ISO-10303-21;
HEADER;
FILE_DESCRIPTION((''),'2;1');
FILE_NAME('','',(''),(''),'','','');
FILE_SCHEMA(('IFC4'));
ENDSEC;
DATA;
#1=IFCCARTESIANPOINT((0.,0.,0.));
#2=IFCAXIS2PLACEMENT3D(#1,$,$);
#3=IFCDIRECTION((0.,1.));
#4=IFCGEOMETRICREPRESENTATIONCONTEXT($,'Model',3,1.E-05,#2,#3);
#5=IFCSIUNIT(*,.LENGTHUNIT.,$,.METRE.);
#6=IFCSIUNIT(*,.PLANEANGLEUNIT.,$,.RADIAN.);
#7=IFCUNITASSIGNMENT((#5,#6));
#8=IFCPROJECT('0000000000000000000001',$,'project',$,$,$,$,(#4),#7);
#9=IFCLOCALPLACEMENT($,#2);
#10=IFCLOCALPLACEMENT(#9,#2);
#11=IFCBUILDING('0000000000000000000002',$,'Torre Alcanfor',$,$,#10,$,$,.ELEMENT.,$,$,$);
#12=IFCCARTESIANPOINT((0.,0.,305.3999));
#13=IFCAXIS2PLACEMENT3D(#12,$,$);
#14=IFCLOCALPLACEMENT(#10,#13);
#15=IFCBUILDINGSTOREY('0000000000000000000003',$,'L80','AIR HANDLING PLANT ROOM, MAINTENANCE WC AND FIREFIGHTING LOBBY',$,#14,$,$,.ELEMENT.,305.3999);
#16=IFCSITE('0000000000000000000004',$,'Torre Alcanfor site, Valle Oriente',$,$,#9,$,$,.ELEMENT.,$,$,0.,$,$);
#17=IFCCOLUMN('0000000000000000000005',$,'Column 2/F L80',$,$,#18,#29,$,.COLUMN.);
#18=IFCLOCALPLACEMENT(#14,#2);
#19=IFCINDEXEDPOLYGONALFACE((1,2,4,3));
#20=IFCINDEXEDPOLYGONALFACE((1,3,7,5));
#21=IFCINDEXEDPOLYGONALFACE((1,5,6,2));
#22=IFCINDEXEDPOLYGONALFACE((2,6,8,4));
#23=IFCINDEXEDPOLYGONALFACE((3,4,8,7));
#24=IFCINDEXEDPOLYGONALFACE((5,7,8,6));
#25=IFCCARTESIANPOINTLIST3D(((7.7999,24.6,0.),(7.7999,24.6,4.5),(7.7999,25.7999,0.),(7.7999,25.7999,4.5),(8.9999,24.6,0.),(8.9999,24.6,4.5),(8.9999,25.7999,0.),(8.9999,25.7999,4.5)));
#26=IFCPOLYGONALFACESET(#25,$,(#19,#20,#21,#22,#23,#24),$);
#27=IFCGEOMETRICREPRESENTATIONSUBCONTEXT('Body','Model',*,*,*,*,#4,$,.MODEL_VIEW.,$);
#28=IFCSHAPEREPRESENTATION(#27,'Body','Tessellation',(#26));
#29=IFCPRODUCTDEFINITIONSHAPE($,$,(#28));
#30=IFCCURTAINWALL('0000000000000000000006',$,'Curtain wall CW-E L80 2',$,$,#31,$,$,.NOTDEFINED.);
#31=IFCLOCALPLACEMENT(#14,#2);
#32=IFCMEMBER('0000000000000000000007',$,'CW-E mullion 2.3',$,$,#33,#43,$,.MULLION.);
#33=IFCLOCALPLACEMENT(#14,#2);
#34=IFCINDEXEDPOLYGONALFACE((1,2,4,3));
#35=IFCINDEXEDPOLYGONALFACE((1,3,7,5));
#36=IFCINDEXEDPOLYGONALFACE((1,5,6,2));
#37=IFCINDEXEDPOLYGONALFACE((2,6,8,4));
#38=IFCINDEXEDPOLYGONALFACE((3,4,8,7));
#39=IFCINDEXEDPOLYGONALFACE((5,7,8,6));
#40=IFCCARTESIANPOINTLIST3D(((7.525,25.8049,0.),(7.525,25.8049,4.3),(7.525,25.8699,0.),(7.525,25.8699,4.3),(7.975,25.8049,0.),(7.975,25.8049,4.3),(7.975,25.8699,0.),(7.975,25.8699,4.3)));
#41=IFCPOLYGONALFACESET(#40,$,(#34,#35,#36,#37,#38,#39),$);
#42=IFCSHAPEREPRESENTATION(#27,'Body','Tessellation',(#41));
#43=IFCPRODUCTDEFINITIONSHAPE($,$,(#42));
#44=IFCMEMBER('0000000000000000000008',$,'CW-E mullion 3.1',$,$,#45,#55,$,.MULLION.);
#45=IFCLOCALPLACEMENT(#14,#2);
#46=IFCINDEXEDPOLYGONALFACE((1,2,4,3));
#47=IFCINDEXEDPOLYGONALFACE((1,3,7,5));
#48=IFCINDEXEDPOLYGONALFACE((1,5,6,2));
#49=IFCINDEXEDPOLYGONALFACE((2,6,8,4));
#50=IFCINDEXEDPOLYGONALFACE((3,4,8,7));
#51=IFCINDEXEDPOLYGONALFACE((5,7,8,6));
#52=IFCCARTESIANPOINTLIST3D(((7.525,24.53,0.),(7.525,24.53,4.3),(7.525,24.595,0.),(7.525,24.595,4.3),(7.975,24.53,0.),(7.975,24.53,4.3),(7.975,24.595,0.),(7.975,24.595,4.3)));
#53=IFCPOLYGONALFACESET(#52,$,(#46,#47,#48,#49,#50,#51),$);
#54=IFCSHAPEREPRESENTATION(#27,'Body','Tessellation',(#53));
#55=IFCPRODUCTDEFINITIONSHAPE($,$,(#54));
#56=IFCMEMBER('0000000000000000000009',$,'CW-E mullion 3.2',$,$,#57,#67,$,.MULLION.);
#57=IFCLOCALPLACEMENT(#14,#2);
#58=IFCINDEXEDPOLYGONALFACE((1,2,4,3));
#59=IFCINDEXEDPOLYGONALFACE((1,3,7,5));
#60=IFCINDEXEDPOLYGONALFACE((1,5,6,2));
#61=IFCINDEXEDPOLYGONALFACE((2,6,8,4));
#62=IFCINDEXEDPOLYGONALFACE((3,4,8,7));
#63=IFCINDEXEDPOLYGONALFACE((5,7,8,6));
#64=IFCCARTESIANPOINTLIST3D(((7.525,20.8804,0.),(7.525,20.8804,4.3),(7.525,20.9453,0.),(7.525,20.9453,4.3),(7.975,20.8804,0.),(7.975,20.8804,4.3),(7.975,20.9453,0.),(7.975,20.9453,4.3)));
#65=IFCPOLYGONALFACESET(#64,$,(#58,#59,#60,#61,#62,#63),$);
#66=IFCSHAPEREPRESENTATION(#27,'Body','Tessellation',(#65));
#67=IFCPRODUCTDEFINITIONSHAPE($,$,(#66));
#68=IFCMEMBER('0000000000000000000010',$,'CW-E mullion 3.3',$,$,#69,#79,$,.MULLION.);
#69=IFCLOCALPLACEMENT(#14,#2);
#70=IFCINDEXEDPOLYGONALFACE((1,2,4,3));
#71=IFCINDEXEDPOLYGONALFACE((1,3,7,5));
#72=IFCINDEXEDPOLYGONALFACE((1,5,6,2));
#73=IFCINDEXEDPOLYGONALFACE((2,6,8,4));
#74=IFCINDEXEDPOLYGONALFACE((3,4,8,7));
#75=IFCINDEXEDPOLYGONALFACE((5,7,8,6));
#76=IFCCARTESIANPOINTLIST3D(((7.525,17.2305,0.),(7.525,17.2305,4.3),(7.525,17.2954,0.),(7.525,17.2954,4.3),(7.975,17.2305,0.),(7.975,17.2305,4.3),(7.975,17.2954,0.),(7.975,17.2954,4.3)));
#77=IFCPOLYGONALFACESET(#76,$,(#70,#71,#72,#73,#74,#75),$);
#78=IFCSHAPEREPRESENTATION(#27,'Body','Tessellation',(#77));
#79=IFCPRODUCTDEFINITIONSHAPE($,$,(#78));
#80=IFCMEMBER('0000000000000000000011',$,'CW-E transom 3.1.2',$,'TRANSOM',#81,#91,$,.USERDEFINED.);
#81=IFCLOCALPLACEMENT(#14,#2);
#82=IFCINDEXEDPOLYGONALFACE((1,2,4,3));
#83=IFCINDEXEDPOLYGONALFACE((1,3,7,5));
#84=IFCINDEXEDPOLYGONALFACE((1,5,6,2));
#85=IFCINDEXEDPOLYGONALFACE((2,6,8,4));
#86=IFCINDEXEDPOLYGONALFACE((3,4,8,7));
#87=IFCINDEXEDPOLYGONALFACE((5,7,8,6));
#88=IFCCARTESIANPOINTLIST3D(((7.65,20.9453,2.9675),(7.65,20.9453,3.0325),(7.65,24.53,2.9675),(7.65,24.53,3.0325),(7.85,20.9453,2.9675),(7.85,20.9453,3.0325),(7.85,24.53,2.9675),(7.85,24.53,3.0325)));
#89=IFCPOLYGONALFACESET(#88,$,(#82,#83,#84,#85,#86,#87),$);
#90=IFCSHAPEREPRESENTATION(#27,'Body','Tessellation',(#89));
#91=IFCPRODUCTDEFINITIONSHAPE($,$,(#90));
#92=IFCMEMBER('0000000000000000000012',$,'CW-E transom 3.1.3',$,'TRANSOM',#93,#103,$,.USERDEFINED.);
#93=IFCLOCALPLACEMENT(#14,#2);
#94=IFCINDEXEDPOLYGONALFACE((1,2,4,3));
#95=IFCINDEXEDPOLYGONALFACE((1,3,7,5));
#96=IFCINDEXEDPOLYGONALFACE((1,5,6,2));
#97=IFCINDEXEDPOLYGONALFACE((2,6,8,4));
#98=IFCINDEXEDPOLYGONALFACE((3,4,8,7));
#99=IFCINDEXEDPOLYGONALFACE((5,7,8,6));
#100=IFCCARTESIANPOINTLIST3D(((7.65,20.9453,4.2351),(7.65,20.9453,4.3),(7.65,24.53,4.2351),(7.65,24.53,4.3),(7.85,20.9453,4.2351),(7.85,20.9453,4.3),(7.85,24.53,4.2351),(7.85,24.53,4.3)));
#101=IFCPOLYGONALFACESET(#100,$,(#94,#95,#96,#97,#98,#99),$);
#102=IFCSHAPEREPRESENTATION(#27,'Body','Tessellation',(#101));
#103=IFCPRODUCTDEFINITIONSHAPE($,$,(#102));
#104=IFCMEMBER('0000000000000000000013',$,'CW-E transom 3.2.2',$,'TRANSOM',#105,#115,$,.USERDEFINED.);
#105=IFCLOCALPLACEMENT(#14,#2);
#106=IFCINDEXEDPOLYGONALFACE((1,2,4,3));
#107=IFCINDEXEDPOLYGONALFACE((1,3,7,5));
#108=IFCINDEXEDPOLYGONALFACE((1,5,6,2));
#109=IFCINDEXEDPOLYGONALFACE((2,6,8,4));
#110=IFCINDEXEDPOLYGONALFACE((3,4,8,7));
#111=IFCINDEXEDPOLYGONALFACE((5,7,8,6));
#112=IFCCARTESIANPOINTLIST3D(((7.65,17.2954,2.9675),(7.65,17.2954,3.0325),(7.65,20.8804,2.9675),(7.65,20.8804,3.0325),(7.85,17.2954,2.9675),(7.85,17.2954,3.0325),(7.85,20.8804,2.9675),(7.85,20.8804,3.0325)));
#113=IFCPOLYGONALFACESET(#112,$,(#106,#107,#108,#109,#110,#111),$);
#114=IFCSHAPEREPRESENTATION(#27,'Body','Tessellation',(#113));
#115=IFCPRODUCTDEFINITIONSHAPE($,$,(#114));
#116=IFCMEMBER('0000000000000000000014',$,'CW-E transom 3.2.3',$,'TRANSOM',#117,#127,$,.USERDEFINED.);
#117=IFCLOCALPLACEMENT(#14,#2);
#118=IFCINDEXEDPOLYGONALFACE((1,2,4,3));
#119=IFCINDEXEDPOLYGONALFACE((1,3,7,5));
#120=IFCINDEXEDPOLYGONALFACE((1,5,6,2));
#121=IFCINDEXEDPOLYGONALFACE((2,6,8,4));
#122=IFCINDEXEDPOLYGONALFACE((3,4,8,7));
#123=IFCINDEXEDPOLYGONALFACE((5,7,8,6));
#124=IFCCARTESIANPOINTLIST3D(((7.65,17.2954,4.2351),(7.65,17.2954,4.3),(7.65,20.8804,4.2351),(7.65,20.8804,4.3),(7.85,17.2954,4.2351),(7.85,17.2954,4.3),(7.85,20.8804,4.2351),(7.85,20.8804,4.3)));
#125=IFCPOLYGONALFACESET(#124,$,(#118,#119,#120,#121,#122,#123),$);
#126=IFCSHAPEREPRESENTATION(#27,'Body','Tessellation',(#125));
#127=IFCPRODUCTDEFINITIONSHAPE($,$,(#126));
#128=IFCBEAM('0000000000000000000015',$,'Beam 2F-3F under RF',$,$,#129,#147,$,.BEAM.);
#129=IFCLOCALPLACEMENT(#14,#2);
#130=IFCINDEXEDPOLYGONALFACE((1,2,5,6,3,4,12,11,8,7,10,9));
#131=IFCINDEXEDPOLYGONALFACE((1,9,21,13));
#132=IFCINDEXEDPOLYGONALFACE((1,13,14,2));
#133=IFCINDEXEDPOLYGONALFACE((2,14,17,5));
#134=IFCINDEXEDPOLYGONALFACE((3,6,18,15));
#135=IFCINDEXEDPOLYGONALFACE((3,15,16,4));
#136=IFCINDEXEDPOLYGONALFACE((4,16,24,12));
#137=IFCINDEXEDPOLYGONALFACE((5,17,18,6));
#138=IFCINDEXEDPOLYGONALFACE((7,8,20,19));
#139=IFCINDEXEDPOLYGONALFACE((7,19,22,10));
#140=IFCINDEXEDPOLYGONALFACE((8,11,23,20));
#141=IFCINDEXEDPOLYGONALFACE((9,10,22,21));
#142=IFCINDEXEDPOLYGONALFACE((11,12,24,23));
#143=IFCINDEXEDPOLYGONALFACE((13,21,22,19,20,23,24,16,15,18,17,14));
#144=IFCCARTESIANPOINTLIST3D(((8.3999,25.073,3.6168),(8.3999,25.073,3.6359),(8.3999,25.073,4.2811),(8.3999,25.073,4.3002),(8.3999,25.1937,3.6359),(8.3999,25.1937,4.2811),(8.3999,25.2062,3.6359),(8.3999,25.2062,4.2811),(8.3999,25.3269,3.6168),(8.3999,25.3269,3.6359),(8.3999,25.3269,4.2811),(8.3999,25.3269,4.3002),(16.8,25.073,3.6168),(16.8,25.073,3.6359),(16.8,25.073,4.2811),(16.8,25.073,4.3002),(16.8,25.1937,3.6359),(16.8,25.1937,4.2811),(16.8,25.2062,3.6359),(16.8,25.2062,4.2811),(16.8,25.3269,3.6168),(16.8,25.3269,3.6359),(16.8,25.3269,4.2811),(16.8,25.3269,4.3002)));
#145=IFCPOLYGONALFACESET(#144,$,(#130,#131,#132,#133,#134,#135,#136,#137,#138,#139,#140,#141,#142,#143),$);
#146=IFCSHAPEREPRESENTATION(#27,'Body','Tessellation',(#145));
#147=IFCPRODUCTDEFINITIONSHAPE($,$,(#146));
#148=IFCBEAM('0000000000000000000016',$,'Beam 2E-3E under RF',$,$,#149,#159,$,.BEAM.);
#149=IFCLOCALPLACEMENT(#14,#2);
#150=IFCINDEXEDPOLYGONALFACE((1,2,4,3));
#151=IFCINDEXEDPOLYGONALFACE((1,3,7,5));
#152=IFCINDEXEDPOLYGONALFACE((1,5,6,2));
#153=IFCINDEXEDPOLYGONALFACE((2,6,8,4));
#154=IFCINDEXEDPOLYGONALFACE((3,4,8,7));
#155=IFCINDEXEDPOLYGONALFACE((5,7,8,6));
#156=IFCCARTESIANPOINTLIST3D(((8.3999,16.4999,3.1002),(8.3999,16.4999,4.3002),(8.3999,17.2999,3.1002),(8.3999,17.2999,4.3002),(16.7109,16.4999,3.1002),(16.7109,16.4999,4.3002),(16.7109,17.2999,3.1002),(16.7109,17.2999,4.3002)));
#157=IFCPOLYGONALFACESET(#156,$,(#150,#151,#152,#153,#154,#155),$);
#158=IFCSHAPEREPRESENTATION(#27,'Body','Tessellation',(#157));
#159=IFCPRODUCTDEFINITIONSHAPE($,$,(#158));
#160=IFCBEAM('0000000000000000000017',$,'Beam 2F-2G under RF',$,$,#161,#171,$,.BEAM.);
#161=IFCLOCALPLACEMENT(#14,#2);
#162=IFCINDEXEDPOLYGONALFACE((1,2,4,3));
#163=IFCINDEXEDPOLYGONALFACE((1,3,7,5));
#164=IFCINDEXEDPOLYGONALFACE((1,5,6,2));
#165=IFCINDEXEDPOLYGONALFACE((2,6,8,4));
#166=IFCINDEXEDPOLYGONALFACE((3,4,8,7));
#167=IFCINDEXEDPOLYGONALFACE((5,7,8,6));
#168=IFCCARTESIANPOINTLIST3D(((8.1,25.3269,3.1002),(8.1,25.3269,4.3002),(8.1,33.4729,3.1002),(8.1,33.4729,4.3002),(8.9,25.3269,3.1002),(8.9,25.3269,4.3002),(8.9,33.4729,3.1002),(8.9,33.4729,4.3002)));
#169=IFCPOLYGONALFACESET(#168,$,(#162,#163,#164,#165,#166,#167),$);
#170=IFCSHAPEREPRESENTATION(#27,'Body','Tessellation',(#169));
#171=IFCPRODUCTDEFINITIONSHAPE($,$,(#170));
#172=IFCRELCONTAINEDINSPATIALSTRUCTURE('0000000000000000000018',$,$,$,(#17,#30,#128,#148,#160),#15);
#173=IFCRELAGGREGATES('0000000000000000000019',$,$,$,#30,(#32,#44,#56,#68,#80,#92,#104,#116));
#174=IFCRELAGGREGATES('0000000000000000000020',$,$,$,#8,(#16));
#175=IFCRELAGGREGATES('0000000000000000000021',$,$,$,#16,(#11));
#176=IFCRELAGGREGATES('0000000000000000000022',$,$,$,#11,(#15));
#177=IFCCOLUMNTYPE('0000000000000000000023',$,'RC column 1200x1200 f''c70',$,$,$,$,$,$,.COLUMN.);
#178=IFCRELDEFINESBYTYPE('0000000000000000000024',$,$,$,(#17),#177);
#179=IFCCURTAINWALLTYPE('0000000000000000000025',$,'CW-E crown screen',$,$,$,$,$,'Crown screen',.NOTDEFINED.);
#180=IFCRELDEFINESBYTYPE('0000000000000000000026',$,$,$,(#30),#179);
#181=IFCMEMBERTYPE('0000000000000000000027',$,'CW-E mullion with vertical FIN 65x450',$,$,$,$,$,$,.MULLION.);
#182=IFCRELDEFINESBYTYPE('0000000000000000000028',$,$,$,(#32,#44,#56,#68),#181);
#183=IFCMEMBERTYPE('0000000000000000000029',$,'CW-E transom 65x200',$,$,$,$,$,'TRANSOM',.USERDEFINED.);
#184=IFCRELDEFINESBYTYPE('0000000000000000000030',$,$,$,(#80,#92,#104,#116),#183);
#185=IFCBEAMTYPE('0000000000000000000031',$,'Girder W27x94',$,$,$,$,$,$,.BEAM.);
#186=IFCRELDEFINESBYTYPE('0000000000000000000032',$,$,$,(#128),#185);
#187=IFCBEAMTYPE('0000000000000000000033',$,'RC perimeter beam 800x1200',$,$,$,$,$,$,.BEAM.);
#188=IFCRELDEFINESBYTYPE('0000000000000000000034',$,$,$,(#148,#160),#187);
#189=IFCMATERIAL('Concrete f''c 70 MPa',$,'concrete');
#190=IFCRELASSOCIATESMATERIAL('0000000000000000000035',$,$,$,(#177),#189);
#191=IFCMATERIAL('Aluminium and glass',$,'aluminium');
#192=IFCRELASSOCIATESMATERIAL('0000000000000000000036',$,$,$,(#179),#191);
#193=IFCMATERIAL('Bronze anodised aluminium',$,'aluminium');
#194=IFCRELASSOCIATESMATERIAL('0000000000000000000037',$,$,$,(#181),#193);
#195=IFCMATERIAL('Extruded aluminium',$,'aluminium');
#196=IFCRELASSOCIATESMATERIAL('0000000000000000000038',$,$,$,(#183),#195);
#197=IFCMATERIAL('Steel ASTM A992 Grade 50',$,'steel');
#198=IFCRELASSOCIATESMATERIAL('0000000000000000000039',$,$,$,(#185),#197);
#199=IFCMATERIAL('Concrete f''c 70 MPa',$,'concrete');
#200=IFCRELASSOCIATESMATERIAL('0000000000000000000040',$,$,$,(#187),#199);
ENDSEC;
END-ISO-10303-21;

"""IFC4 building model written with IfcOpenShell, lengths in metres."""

from ifc_helpers import new_model, si_unit, direction, frame, origin, origin_2d, place, context, subcontext, project, spatial, rectangle, i_section, extrude, material, material_profile, profile_set, type_object, element, aggregate, save


model = new_model("IFC4")

# Units and contexts
model_context = context("Model", 3, precision=1e-05, world=origin(), true_north=direction((0.0, 1.0)))
body_context = subcontext(model_context, "Body", "Model", "MODEL_VIEW")
ifc_project = project(units=[si_unit("LENGTHUNIT", "METRE"), si_unit("PLANEANGLEUNIT", "RADIAN")], contexts=[model_context])

# Site, building, storey
site_placement = place(None, origin())
site = spatial("IfcSite", under=ifc_project, at=site_placement, Name="Torre Alcanfor site, Valle Oriente", CompositionType="ELEMENT", RefElevation=0.0)
building_placement = place(site_placement, origin())
building = spatial("IfcBuilding", under=site, at=building_placement, Name="Torre Alcanfor", CompositionType="ELEMENT")
storey_placement = place(building_placement, frame((0.0, 0.0, 305.3999)))
storey = spatial("IfcBuildingStorey", under=building, at=storey_placement, Name="L80", Description="AIR HANDLING PLANT ROOM, MAINTENANCE WC AND FIREFIGHTING LOBBY", CompositionType="ELEMENT", Elevation=305.3999)

# Column
ifc_material_1 = material(Name="Concrete f'c 70 MPa", Category="concrete")
ifc_material_profile_1 = material_profile(ifc_material_1, rectangle(XDim=1.2, YDim=1.2, at=origin_2d()), Name="1200x1200")
ifc_profile_set_1 = profile_set([ifc_material_profile_1], Name="Concrete f'c 70 MPa")
column_type = type_object("IfcColumnType", Name="RC column 1200x1200 f'c70", PredefinedType="COLUMN", material=ifc_profile_set_1)
column_placement = place(storey_placement, frame((8.3999, 25.2, 0.0), z_axis=(0.0, 0.0, 1.0), x_axis=(1.0, 0.0, 0.0)))
element("IfcColumn", 1, at=column_placement, inside=storey, type_object=column_type, Name="Column 2/F L80", PredefinedType="COLUMN", context=body_context, shape_type="SweptSolid", body=[
    extrude(rectangle(XDim=1.2, YDim=1.2, at=origin_2d()), origin(), (0.0, 0.0, 1.0), 4.5),
])

# Curtain wall, members
ifc_material_2 = material(Name="Aluminium and glass", Category="aluminium")
curtain_wall_type = type_object("IfcCurtainWallType", Name="CW-E crown screen", ElementType="Crown screen", PredefinedType="NOTDEFINED", material=ifc_material_2)
curtain_wall_placement = place(storey_placement, origin())
curtain_wall = element("IfcCurtainWall", 2, at=curtain_wall_placement, inside=storey, type_object=curtain_wall_type, Name="Curtain wall CW-E L80 2", PredefinedType="NOTDEFINED")
ifc_material_3 = material(Name="Bronze anodised aluminium", Category="aluminium")
ifc_material_profile_2 = material_profile(ifc_material_3, rectangle(XDim=0.45, YDim=0.0649, at=origin_2d()), Name="CW-E mullion 65x450")
ifc_profile_set_2 = profile_set([ifc_material_profile_2], Name="Bronze anodised aluminium")
member_type_1 = type_object("IfcMemberType", Name="CW-E mullion with vertical FIN 65x450", PredefinedType="MULLION", material=ifc_profile_set_2)
member_1_placement = place(storey_placement, frame((7.75, 25.8374, 0.0), z_axis=(0.0, 0.0, 1.0), x_axis=(1.0, 0.0, 0.0)))
member_1 = element("IfcMember", 3, at=member_1_placement, type_object=member_type_1, Name="CW-E mullion 2.3", PredefinedType="MULLION", context=body_context, shape_type="SweptSolid", body=[
    extrude(rectangle(XDim=0.45, YDim=0.0649, at=origin_2d()), origin(), (0.0, 0.0, 1.0), 4.3),
])
member_2_placement = place(storey_placement, frame((7.75, 24.5625, 0.0), z_axis=(0.0, 0.0, 1.0), x_axis=(1.0, 0.0, 0.0)))
member_2 = element("IfcMember", 4, at=member_2_placement, type_object=member_type_1, Name="CW-E mullion 3.1", PredefinedType="MULLION", context=body_context, shape_type="SweptSolid", body=[
    extrude(rectangle(XDim=0.45, YDim=0.0649, at=origin_2d()), origin(), (0.0, 0.0, 1.0), 4.3),
])
member_3_placement = place(storey_placement, frame((7.75, 20.9128, 0.0), z_axis=(0.0, 0.0, 1.0), x_axis=(1.0, 0.0, 0.0)))
member_3 = element("IfcMember", 5, at=member_3_placement, type_object=member_type_1, Name="CW-E mullion 3.2", PredefinedType="MULLION", context=body_context, shape_type="SweptSolid", body=[
    extrude(rectangle(XDim=0.45, YDim=0.0649, at=origin_2d()), origin(), (0.0, 0.0, 1.0), 4.3),
])
member_4_placement = place(storey_placement, frame((7.75, 17.2629, 0.0), z_axis=(0.0, 0.0, 1.0), x_axis=(1.0, 0.0, 0.0)))
member_4 = element("IfcMember", 6, at=member_4_placement, type_object=member_type_1, Name="CW-E mullion 3.3", PredefinedType="MULLION", context=body_context, shape_type="SweptSolid", body=[
    extrude(rectangle(XDim=0.45, YDim=0.0649, at=origin_2d()), origin(), (0.0, 0.0, 1.0), 4.3),
])
ifc_material_4 = material(Name="Extruded aluminium", Category="aluminium")
ifc_material_profile_3 = material_profile(ifc_material_4, rectangle(XDim=0.2, YDim=0.0649, at=origin_2d()), Name="CW-E transom 200x65")
ifc_profile_set_3 = profile_set([ifc_material_profile_3], Name="Extruded aluminium")
member_type_2 = type_object("IfcMemberType", Name="CW-E transom 65x200", ElementType="TRANSOM", PredefinedType="USERDEFINED", material=ifc_profile_set_3)
member_5_placement = place(storey_placement, frame((7.75, 24.53, 3.0), z_axis=(0.0, -1.0, 0.0), x_axis=(1.0, 0.0, 0.0)))
member_5 = element("IfcMember", 7, at=member_5_placement, type_object=member_type_2, Name="CW-E transom 3.1.2", ObjectType="TRANSOM", PredefinedType="USERDEFINED", context=body_context, shape_type="SweptSolid", body=[
    extrude(rectangle(XDim=0.2, YDim=0.0649, at=origin_2d()), origin(), (0.0, 0.0, 1.0), 3.5847),
])
member_6_placement = place(storey_placement, frame((7.75, 24.53, 4.2676), z_axis=(0.0, -1.0, 0.0), x_axis=(1.0, 0.0, 0.0)))
member_6 = element("IfcMember", 8, at=member_6_placement, type_object=member_type_2, Name="CW-E transom 3.1.3", ObjectType="TRANSOM", PredefinedType="USERDEFINED", context=body_context, shape_type="SweptSolid", body=[
    extrude(rectangle(XDim=0.2, YDim=0.0649, at=origin_2d()), origin(), (0.0, 0.0, 1.0), 3.5847),
])
member_7_placement = place(storey_placement, frame((7.75, 20.8804, 3.0), z_axis=(0.0, -1.0, 0.0), x_axis=(1.0, 0.0, 0.0)))
member_7 = element("IfcMember", 9, at=member_7_placement, type_object=member_type_2, Name="CW-E transom 3.2.2", ObjectType="TRANSOM", PredefinedType="USERDEFINED", context=body_context, shape_type="SweptSolid", body=[
    extrude(rectangle(XDim=0.2, YDim=0.0649, at=origin_2d()), origin(), (0.0, 0.0, 1.0), 3.585),
])
member_8_placement = place(storey_placement, frame((7.75, 20.8804, 4.2676), z_axis=(0.0, -1.0, 0.0), x_axis=(1.0, 0.0, 0.0)))
member_8 = element("IfcMember", 10, at=member_8_placement, type_object=member_type_2, Name="CW-E transom 3.2.3", ObjectType="TRANSOM", PredefinedType="USERDEFINED", context=body_context, shape_type="SweptSolid", body=[
    extrude(rectangle(XDim=0.2, YDim=0.0649, at=origin_2d()), origin(), (0.0, 0.0, 1.0), 3.585),
])

# Beams
ifc_material_5 = material(Name="Steel ASTM A992 Grade 50", Category="steel")
ifc_material_profile_4 = material_profile(ifc_material_5, i_section(OverallWidth=0.2539, OverallDepth=0.6833, WebThickness=0.0125, FlangeThickness=0.019, at=origin_2d()), Name="W27x94")
ifc_profile_set_4 = profile_set([ifc_material_profile_4], Name="Steel ASTM A992 Grade 50")
beam_type_1 = type_object("IfcBeamType", Name="Girder W27x94", PredefinedType="BEAM", material=ifc_profile_set_4)
beam_1_placement = place(storey_placement, frame((8.3999, 25.2, 3.9585), z_axis=(1.0, 0.0, 0.0), x_axis=(0.0, 1.0, 0.0)))
element("IfcBeam", 11, at=beam_1_placement, inside=storey, type_object=beam_type_1, Name="Beam 2F-3F under RF", PredefinedType="BEAM", context=body_context, shape_type="SweptSolid", body=[
    extrude(i_section(OverallWidth=0.2539, OverallDepth=0.6833, WebThickness=0.0125, FlangeThickness=0.019, at=origin_2d()), origin(), (0.0, 0.0, 1.0), 8.4001),
])
ifc_material_6 = material(Name="Concrete f'c 70 MPa", Category="concrete")
ifc_material_profile_5 = material_profile(ifc_material_6, rectangle(XDim=0.8, YDim=1.2, at=origin_2d()), Name="800x1200")
ifc_profile_set_5 = profile_set([ifc_material_profile_5], Name="Concrete f'c 70 MPa")
beam_type_2 = type_object("IfcBeamType", Name="RC perimeter beam 800x1200", PredefinedType="BEAM", material=ifc_profile_set_5)
beam_2_placement = place(storey_placement, frame((8.3999, 16.8999, 3.7002), z_axis=(1.0, 0.0, 0.0), x_axis=(0.0, 1.0, 0.0)))
element("IfcBeam", 12, at=beam_2_placement, inside=storey, type_object=beam_type_2, Name="Beam 2E-3E under RF", PredefinedType="BEAM", context=body_context, shape_type="SweptSolid", body=[
    extrude(rectangle(XDim=0.8, YDim=1.2, at=origin_2d()), origin(), (0.0, 0.0, 1.0), 8.311),
])
beam_3_placement = place(storey_placement, frame((8.5, 25.3269, 3.7002), z_axis=(0.0, 1.0, 0.0), x_axis=(-1.0, 0.0, 0.0)))
element("IfcBeam", 13, at=beam_3_placement, inside=storey, type_object=beam_type_2, Name="Beam 2F-2G under RF", PredefinedType="BEAM", context=body_context, shape_type="SweptSolid", body=[
    extrude(rectangle(XDim=0.8, YDim=1.2, at=origin_2d()), origin(), (0.0, 0.0, 1.0), 8.146),
])

aggregate(curtain_wall, [member_1, member_2, member_3, member_4, member_5, member_6, member_7, member_8])

save(model, "model.ifc")
